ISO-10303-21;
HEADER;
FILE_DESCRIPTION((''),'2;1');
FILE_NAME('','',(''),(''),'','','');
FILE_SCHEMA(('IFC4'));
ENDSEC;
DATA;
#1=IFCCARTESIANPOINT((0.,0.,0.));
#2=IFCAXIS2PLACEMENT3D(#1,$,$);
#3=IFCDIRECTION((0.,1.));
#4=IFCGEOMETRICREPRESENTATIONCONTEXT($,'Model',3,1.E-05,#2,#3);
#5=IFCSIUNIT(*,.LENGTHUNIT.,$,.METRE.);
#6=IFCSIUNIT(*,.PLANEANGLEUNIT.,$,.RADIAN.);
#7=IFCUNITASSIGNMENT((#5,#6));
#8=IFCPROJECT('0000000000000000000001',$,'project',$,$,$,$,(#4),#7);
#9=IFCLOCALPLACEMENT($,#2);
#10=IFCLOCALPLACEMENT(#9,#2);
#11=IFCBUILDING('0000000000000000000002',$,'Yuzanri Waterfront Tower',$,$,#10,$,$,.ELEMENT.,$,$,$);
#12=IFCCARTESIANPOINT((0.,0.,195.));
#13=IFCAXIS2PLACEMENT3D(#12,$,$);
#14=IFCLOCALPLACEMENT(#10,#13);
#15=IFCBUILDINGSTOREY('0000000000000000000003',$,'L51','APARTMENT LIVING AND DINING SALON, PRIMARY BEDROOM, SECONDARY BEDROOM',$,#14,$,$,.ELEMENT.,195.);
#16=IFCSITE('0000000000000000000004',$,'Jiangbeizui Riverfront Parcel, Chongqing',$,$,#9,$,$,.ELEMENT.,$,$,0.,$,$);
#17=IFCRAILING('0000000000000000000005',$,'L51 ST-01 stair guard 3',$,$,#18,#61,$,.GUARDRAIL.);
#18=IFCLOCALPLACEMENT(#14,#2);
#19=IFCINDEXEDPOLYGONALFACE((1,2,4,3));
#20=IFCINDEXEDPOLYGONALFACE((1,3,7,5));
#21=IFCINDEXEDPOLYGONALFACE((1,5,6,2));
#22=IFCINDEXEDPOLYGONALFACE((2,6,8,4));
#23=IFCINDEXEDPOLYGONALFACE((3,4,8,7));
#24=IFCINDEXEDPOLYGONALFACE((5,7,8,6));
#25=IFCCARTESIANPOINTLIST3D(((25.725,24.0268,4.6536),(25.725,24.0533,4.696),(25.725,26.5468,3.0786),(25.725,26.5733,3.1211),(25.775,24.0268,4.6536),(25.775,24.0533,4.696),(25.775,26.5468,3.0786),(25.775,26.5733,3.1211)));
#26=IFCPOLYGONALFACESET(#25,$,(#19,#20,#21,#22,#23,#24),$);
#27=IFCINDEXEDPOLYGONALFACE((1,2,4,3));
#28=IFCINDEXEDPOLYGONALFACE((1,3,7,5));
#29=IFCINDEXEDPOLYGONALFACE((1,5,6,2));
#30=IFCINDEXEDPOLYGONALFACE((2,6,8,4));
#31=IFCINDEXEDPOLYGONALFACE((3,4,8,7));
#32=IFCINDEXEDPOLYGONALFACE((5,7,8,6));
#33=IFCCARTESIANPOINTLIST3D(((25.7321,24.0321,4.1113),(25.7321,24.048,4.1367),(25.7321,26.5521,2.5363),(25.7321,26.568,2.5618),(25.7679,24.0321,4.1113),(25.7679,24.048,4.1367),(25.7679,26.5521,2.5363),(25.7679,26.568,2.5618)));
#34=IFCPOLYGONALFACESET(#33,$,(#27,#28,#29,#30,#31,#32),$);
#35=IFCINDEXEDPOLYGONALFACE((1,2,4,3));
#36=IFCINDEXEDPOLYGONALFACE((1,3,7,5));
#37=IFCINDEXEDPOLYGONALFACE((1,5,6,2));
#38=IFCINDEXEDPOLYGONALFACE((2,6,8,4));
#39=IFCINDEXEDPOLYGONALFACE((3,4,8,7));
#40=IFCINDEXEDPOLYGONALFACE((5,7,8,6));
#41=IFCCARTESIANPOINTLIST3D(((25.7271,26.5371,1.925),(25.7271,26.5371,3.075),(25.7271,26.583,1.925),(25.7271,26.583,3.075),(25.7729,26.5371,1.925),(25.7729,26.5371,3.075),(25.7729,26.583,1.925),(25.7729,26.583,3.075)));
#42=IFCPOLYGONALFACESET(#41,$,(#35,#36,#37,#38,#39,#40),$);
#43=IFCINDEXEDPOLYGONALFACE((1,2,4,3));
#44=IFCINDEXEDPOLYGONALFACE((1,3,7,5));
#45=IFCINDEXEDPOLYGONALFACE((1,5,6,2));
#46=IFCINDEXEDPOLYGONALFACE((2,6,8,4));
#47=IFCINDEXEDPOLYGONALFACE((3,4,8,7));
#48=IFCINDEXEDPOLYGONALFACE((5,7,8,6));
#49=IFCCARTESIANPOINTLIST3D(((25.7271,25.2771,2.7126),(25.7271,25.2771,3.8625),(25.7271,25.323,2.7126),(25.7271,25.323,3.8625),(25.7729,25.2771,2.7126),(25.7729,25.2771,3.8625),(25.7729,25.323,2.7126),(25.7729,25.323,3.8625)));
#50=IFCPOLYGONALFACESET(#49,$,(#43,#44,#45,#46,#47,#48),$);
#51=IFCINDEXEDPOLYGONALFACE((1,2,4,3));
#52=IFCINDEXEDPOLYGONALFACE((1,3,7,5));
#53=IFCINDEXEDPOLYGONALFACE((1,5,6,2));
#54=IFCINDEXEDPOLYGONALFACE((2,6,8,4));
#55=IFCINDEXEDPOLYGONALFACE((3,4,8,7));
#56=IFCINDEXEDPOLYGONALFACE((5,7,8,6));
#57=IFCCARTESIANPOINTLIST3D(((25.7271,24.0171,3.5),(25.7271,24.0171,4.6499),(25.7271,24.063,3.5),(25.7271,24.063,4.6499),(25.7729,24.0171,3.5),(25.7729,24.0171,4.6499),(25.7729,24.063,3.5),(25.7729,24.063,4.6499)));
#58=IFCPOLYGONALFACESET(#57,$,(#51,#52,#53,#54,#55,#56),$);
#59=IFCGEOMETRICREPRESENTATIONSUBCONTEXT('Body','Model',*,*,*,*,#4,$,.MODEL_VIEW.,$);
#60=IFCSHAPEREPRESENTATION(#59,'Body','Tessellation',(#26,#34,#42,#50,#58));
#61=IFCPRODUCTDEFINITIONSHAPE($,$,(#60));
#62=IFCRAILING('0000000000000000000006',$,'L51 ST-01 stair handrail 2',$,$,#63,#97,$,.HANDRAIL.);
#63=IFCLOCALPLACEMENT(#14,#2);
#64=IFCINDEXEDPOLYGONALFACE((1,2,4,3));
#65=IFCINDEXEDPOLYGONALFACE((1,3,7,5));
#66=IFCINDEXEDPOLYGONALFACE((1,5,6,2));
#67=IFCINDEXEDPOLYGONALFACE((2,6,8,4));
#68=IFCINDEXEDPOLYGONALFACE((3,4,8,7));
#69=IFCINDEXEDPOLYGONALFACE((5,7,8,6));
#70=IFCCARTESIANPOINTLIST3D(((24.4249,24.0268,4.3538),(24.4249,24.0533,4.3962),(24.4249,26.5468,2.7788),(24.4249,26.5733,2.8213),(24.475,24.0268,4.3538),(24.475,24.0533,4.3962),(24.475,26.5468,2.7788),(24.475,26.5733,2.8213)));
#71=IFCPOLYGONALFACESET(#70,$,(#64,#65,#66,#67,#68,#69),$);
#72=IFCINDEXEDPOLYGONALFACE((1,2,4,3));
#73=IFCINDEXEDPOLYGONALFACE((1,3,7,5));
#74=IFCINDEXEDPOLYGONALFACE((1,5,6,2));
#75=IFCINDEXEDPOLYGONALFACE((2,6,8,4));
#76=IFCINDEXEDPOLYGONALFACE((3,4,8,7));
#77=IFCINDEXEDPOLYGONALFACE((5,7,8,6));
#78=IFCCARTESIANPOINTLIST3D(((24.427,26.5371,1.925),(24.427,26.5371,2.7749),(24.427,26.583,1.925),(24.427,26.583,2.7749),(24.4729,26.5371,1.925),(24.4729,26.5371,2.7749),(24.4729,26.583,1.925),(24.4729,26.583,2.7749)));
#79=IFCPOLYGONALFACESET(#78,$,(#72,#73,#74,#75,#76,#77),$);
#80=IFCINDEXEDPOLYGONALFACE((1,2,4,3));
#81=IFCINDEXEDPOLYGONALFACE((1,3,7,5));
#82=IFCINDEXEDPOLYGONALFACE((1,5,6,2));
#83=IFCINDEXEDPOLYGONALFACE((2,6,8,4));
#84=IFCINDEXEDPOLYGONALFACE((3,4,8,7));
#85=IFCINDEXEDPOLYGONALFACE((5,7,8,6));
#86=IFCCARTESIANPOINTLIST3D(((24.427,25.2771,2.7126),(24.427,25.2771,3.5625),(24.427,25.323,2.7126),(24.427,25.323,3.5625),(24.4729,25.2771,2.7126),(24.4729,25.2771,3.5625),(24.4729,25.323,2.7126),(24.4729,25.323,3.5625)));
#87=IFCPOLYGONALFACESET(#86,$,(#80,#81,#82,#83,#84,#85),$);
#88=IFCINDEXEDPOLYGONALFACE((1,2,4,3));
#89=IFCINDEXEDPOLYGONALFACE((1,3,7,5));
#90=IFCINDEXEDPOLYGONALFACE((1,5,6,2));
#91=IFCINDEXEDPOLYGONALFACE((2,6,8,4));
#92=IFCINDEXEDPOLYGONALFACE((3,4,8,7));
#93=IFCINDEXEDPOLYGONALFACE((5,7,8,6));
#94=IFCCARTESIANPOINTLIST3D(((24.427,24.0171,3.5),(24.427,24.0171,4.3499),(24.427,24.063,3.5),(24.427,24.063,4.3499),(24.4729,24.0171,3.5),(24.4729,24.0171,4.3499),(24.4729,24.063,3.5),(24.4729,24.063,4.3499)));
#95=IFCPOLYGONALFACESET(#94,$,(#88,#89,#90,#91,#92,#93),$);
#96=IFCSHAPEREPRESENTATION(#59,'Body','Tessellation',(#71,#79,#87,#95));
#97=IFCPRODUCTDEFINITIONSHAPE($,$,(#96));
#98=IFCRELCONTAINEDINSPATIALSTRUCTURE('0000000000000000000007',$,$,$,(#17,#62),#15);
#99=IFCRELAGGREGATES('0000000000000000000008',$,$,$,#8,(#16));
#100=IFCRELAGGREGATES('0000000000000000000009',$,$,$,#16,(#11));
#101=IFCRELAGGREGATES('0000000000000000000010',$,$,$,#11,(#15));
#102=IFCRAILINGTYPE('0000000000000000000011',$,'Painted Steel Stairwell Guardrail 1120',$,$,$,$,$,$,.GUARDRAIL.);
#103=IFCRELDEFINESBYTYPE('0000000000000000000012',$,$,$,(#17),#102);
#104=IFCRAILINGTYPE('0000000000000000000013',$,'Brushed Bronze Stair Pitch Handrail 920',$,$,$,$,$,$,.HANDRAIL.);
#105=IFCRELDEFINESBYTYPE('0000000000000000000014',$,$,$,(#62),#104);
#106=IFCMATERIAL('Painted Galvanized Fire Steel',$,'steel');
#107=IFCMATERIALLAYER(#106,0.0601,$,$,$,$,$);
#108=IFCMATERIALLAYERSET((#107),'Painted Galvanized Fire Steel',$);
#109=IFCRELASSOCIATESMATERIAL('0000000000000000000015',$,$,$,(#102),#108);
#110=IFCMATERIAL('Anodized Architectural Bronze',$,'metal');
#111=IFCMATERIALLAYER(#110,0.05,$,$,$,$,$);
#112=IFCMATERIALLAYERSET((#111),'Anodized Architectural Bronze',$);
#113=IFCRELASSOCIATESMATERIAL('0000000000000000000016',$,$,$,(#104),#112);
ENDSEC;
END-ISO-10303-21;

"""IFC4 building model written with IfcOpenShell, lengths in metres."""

from ifc_helpers import new_model, si_unit, direction, frame, origin, origin_2d, place, context, subcontext, project, spatial, rectangle, extrude, source, transform, mapped, material, layer, layer_set, type_object, element, save


model = new_model("IFC4")

# Units and contexts
model_context = context("Model", 3, precision=1e-05, world=origin(), true_north=direction((0.0, 1.0)))
body_context = subcontext(model_context, "Body", "Model", "MODEL_VIEW")
ifc_project = project(units=[si_unit("LENGTHUNIT", "METRE"), si_unit("PLANEANGLEUNIT", "RADIAN")], contexts=[model_context])

# Site, building, storey
site_placement = place(None, origin())
site = spatial("IfcSite", under=ifc_project, at=site_placement, Name="Jiangbeizui Riverfront Parcel, Chongqing", CompositionType="ELEMENT", RefElevation=0.0)
building_placement = place(site_placement, origin())
building = spatial("IfcBuilding", under=site, at=building_placement, Name="Yuzanri Waterfront Tower", CompositionType="ELEMENT")
storey_placement = place(building_placement, frame((0.0, 0.0, 195.0)))
storey = spatial("IfcBuildingStorey", under=building, at=storey_placement, Name="L51", Description="APARTMENT LIVING AND DINING SALON, PRIMARY BEDROOM, SECONDARY BEDROOM", CompositionType="ELEMENT", Elevation=195.0)

# Railings
ifc_material_1 = material(Name="Painted Galvanized Fire Steel", Category="steel")
ifc_layer_1 = layer(ifc_material_1, 0.0601)
ifc_layer_set_1 = layer_set([ifc_layer_1], Name="Painted Galvanized Fire Steel")
railing_type_1 = type_object("IfcRailingType", Name="Painted Steel Stairwell Guardrail 1120", PredefinedType="GUARDRAIL", material=ifc_layer_set_1)
shared_shape_1 = source(origin(), body_context, "Body", "SweptSolid", [
    extrude(rectangle(XDim=0.05, YDim=0.05, at=origin_2d()), frame((0.0, 0.0, 1.1748), z_axis=(0.0, -0.848008, 0.529984), x_axis=(1.0, 0.0, 0.0)), (0.0, 0.0, 1.0), 2.9717),
    extrude(rectangle(XDim=0.0359, YDim=0.03, at=origin_2d()), frame((0.0, 0.0, 0.624), z_axis=(0.0, -0.848008, 0.529984), x_axis=(1.0, 0.0, 0.0)), (0.0, 0.0, 1.0), 2.9717),
    extrude(rectangle(XDim=0.0459, YDim=0.0459, at=origin_2d()), origin(), (0.0, 0.0, 1.0), 1.1499),
    extrude(rectangle(XDim=0.0459, YDim=0.0459, at=origin_2d()), frame((0.0, -1.26, 0.7876)), (0.0, 0.0, 1.0), 1.1499),
    extrude(rectangle(XDim=0.0459, YDim=0.0459, at=origin_2d()), frame((0.0, -2.52, 1.575)), (0.0, 0.0, 1.0), 1.1499),
])
railing_1_placement = place(storey_placement, frame((25.75, 26.5601, 1.925)))
element("IfcRailing", 1, at=railing_1_placement, inside=storey, type_object=railing_type_1, Name="L51 ST-01 stair guard 3", PredefinedType="GUARDRAIL", context=body_context, shape_type="MappedRepresentation", body=[
    mapped(shared_shape_1, transform((0.0, 0.0, 0.0), scale=1.0)),
])
ifc_material_2 = material(Name="Anodized Architectural Bronze", Category="metal")
ifc_layer_2 = layer(ifc_material_2, 0.05)
ifc_layer_set_2 = layer_set([ifc_layer_2], Name="Anodized Architectural Bronze")
railing_type_2 = type_object("IfcRailingType", Name="Brushed Bronze Stair Pitch Handrail 920", PredefinedType="HANDRAIL", material=ifc_layer_set_2)
shared_shape_2 = source(origin(), body_context, "Body", "SweptSolid", [
    extrude(rectangle(XDim=0.05, YDim=0.05, at=origin_2d()), frame((0.0, 0.0, 0.875), z_axis=(0.0, -0.848008, 0.529984), x_axis=(1.0, 0.0, 0.0)), (0.0, 0.0, 1.0), 2.9717),
    extrude(rectangle(XDim=0.0459, YDim=0.0459, at=origin_2d()), origin(), (0.0, 0.0, 1.0), 0.8499),
    extrude(rectangle(XDim=0.0459, YDim=0.0459, at=origin_2d()), frame((0.0, -1.26, 0.7876)), (0.0, 0.0, 1.0), 0.8499),
    extrude(rectangle(XDim=0.0459, YDim=0.0459, at=origin_2d()), frame((0.0, -2.52, 1.575)), (0.0, 0.0, 1.0), 0.8499),
])
railing_2_placement = place(storey_placement, frame((24.45, 26.5601, 1.925)))
element("IfcRailing", 2, at=railing_2_placement, inside=storey, type_object=railing_type_2, Name="L51 ST-01 stair handrail 2", PredefinedType="HANDRAIL", context=body_context, shape_type="MappedRepresentation", body=[
    mapped(shared_shape_2, transform((0.0, 0.0, 0.0), scale=1.0)),
])

save(model, "model.ifc")
